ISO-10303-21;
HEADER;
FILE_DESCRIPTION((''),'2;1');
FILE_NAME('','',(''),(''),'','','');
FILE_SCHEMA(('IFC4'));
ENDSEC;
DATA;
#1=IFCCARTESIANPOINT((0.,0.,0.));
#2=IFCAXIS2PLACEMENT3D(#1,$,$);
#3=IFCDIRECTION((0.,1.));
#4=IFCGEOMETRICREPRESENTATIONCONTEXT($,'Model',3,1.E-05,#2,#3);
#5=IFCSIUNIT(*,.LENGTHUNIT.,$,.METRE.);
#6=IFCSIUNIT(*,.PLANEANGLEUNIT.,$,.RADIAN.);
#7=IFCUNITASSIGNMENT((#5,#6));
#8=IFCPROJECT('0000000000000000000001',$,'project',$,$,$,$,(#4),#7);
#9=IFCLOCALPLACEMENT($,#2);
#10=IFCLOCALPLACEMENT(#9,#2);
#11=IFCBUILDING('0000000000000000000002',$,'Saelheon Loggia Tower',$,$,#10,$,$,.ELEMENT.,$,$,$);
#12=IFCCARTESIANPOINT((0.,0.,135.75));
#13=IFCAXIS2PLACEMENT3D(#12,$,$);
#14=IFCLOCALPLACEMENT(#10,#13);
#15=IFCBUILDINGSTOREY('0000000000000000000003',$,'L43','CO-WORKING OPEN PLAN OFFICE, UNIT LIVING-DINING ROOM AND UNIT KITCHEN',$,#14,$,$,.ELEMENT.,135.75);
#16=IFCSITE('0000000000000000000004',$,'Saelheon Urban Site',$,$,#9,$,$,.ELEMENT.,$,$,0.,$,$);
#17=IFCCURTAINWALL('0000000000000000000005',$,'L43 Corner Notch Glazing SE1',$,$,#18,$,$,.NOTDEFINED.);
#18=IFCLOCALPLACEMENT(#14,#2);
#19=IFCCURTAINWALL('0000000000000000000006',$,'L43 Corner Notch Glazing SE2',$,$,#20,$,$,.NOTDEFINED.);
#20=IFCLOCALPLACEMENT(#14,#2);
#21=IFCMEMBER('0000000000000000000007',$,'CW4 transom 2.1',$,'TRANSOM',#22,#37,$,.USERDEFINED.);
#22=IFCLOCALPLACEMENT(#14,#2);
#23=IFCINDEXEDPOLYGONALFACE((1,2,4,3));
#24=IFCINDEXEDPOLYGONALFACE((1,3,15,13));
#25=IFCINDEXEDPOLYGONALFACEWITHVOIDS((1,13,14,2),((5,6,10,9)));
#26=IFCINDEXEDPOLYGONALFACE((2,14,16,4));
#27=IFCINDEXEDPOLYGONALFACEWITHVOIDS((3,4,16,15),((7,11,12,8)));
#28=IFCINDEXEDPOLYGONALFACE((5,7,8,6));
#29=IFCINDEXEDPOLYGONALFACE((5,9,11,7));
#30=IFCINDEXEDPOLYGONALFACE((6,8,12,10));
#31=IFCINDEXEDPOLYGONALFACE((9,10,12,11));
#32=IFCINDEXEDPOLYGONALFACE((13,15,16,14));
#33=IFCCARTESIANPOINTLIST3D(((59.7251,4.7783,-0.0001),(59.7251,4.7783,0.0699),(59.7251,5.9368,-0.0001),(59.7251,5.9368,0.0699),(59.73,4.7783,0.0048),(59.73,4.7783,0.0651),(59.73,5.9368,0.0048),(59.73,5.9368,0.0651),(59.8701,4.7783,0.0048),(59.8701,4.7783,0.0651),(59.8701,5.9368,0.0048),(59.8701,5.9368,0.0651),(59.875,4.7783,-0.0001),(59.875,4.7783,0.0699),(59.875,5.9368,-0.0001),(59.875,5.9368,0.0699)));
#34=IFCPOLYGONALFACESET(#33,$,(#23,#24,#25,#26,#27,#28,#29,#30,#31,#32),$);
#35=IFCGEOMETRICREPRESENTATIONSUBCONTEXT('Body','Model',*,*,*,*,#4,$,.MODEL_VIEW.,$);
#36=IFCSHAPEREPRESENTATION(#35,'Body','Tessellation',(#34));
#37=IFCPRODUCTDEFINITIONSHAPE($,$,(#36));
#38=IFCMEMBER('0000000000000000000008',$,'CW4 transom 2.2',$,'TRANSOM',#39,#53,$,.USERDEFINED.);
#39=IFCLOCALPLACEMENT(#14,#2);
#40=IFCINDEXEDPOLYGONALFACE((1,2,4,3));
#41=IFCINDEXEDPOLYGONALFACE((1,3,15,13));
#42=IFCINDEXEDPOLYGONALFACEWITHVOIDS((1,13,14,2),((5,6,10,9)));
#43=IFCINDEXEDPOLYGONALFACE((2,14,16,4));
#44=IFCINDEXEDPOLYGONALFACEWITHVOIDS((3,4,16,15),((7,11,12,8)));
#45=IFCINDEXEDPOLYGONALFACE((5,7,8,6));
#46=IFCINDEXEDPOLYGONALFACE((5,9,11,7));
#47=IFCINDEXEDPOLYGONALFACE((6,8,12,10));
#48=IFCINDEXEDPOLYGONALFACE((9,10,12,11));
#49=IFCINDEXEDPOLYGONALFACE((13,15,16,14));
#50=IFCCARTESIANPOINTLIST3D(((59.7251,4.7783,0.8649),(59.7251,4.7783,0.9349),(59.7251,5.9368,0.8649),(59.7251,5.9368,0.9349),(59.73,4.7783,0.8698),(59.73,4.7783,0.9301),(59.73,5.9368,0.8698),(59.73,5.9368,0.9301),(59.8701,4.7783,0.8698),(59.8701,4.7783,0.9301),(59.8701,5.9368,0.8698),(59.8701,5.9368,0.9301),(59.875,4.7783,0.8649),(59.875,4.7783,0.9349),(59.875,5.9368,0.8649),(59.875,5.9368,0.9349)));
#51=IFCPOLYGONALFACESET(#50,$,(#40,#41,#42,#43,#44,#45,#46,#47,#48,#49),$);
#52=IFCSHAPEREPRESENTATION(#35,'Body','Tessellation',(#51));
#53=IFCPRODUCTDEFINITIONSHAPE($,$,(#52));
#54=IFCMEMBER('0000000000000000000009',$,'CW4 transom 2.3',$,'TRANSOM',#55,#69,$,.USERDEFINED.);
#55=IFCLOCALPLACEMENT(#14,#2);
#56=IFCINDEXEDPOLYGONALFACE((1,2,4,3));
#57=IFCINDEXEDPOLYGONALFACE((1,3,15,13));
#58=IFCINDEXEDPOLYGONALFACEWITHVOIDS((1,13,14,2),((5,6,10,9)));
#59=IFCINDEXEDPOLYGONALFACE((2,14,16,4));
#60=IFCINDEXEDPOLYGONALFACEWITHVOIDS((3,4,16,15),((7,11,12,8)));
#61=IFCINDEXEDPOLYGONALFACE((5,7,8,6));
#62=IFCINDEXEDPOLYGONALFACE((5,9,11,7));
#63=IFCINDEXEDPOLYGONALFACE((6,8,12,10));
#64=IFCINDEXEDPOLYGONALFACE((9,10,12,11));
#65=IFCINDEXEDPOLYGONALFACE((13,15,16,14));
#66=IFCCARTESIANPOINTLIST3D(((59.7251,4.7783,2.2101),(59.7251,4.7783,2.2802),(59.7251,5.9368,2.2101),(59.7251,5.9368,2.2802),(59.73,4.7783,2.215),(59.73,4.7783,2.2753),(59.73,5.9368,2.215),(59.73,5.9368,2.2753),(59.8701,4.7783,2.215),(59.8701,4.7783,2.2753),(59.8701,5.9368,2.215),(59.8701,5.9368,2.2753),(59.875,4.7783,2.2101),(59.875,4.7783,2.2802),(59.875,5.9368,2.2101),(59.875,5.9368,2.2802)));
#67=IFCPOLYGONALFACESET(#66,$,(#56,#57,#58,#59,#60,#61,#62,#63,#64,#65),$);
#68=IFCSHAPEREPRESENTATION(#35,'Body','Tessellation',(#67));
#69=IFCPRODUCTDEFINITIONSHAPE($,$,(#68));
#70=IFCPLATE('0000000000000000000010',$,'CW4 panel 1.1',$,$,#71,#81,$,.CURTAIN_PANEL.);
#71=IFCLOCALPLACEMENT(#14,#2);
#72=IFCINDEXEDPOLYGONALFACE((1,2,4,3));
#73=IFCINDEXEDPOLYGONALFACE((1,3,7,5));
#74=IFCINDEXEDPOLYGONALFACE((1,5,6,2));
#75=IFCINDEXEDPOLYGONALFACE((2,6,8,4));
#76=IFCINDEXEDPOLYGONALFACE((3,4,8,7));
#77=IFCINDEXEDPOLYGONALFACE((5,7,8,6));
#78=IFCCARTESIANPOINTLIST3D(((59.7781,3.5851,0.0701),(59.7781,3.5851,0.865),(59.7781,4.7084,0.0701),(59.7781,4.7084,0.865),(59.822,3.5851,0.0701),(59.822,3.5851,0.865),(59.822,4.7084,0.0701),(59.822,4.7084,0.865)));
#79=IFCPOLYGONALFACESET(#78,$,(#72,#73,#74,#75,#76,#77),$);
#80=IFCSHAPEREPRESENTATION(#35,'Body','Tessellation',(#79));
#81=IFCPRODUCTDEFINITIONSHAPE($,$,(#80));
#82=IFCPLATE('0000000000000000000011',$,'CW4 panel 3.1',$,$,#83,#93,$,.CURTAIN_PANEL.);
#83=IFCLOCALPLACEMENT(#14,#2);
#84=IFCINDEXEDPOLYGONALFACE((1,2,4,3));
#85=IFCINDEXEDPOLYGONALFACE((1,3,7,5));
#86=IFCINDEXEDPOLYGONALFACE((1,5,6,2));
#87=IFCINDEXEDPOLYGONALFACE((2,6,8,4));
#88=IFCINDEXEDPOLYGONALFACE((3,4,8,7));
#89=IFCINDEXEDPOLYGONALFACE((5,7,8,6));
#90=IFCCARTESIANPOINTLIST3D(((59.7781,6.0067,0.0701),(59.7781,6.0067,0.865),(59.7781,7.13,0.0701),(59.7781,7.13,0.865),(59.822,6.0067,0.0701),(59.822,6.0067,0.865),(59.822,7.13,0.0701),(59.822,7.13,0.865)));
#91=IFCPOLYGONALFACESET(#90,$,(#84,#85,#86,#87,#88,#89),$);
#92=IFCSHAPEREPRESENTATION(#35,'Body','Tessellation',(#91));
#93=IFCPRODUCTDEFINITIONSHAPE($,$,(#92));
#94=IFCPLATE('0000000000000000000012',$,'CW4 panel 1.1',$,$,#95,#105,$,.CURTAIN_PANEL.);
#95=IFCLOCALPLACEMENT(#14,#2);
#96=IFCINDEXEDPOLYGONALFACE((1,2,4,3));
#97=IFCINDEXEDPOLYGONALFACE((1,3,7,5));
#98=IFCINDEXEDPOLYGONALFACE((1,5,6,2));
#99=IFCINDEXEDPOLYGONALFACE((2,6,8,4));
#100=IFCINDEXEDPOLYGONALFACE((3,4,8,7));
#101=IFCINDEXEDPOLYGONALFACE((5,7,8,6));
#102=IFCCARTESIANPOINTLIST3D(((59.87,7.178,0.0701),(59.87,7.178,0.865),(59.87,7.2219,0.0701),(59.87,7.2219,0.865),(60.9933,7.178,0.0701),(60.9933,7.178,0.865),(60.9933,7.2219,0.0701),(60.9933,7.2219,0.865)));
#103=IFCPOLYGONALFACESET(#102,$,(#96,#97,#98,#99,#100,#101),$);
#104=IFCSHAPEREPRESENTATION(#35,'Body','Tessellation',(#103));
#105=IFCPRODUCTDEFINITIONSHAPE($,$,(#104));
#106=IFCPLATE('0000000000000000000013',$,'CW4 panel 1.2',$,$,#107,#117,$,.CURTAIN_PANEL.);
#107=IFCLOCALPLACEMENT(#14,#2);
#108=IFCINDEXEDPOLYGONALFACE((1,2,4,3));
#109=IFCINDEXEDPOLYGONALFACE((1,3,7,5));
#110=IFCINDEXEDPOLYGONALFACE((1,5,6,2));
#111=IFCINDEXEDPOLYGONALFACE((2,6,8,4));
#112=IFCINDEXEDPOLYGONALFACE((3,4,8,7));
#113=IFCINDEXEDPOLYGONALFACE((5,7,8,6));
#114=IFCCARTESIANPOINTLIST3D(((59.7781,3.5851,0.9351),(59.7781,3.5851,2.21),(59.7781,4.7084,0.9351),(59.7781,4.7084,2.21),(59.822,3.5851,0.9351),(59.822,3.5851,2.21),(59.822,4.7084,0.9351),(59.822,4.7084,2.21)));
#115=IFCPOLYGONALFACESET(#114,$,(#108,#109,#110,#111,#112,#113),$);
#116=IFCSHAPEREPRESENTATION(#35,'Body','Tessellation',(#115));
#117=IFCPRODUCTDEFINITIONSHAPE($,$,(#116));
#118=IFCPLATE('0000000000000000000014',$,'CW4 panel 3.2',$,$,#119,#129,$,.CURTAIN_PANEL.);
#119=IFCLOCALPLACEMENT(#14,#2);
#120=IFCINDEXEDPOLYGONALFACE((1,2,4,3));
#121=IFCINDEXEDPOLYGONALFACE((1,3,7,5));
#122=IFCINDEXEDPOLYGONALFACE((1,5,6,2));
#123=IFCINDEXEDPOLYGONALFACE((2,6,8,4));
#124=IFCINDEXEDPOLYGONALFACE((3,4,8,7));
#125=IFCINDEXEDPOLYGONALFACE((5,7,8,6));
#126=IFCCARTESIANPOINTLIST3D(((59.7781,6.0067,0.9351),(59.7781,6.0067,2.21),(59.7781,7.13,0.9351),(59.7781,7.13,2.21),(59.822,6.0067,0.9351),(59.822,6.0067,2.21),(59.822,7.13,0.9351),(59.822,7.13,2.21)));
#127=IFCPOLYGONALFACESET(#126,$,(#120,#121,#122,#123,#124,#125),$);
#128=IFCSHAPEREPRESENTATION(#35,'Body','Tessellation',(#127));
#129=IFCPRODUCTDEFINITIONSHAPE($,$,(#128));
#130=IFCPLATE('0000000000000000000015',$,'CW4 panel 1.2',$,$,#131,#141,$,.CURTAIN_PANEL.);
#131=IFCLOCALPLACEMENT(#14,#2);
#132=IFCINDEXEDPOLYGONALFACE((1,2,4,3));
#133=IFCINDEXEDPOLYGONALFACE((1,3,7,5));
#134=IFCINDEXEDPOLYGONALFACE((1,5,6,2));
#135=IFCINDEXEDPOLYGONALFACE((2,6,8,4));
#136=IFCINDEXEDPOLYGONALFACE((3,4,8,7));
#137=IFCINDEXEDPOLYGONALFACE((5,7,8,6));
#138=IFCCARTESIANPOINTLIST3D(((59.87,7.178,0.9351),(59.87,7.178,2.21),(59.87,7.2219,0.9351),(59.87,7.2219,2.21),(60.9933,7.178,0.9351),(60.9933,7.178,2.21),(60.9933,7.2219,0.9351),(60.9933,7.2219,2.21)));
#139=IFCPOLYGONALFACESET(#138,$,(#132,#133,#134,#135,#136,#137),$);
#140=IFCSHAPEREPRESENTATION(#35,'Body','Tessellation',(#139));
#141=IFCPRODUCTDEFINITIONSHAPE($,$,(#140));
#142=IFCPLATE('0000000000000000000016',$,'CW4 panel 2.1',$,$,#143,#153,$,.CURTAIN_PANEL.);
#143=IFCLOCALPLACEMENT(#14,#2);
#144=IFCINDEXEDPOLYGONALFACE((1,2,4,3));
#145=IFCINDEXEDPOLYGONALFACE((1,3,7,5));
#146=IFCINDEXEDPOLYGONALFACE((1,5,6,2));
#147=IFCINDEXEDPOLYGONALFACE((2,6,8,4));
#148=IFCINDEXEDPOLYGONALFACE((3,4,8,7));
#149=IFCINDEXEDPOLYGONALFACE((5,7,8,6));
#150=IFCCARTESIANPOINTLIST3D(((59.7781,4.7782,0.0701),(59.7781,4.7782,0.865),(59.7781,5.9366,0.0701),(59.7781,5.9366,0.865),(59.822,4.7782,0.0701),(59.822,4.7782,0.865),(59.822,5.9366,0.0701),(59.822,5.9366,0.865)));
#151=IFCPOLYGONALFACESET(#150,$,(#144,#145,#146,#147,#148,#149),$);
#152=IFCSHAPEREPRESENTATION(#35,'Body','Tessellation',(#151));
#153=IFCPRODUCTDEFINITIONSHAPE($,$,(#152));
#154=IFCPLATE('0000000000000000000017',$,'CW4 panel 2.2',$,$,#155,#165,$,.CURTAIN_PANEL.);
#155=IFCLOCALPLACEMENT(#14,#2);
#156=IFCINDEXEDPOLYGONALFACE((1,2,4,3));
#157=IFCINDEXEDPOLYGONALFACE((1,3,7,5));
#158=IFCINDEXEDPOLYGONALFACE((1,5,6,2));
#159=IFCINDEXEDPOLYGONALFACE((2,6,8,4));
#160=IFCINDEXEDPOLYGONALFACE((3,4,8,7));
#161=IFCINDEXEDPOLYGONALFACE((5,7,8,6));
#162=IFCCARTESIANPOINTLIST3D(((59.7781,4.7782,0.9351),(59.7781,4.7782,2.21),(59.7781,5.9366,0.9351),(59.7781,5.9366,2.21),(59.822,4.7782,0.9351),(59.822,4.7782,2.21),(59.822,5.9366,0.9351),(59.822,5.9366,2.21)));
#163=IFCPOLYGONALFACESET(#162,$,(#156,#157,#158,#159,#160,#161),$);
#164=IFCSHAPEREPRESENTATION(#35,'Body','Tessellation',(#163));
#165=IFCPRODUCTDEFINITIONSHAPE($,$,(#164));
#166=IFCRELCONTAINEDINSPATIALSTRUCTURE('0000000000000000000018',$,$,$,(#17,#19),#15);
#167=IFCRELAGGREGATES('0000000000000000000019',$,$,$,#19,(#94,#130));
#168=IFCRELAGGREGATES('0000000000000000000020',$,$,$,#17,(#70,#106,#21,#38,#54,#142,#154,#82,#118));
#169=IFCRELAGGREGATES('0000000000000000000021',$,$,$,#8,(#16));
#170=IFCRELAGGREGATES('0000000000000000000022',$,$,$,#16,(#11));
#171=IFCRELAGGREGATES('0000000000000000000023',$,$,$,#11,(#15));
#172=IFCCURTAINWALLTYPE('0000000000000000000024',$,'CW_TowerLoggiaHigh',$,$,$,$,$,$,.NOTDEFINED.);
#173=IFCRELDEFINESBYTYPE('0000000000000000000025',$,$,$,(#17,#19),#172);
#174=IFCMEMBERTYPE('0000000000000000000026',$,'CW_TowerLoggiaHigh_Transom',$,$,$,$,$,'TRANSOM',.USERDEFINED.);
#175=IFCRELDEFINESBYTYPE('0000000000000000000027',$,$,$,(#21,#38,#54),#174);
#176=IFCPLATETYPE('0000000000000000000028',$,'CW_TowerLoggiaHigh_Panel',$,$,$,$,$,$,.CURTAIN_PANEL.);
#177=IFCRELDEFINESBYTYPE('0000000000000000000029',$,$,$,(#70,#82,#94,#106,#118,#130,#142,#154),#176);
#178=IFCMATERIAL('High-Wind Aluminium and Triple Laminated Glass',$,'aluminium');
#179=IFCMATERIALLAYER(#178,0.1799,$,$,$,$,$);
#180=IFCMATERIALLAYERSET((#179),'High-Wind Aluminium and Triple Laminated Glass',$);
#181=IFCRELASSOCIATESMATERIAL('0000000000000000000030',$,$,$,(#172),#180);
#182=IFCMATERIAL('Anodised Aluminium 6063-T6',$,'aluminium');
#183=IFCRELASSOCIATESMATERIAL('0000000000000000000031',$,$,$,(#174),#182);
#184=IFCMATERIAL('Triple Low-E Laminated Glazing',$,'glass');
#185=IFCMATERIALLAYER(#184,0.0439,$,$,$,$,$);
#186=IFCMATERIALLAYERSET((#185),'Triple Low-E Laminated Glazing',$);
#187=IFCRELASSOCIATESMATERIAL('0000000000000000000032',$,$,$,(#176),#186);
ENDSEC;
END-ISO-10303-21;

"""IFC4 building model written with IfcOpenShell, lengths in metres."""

from ifc_helpers import new_model, si_unit, direction, frame, origin, origin_2d, place, context, subcontext, project, spatial, rectangle, hollow_rectangle, extrude, source, transform, mapped, material, layer, layer_set, material_profile, profile_set, type_object, element, aggregate, save


model = new_model("IFC4")

# Units and contexts
model_context = context("Model", 3, precision=1e-05, world=origin(), true_north=direction((0.0, 1.0)))
body_context = subcontext(model_context, "Body", "Model", "MODEL_VIEW")
ifc_project = project(units=[si_unit("LENGTHUNIT", "METRE"), si_unit("PLANEANGLEUNIT", "RADIAN")], contexts=[model_context])

# Site, building, storey
site_placement = place(None, origin())
site = spatial("IfcSite", under=ifc_project, at=site_placement, Name="Saelheon Urban Site", CompositionType="ELEMENT", RefElevation=0.0)
building_placement = place(site_placement, origin())
building = spatial("IfcBuilding", under=site, at=building_placement, Name="Saelheon Loggia Tower", CompositionType="ELEMENT")
storey_placement = place(building_placement, frame((0.0, 0.0, 135.75)))
storey = spatial("IfcBuildingStorey", under=building, at=storey_placement, Name="L43", Description="CO-WORKING OPEN PLAN OFFICE, UNIT LIVING-DINING ROOM AND UNIT KITCHEN", CompositionType="ELEMENT", Elevation=135.75)

# Curtain wall
ifc_material_1 = material(Name="High-Wind Aluminium and Triple Laminated Glass", Category="aluminium")
ifc_layer_1 = layer(ifc_material_1, 0.1799)
ifc_layer_set_1 = layer_set([ifc_layer_1], Name="High-Wind Aluminium and Triple Laminated Glass")
curtain_wall_type = type_object("IfcCurtainWallType", Name="CW_TowerLoggiaHigh", PredefinedType="NOTDEFINED", material=ifc_layer_set_1)
curtain_wall_1_placement = place(storey_placement, origin())
curtain_wall_1 = element("IfcCurtainWall", 1, at=curtain_wall_1_placement, inside=storey, type_object=curtain_wall_type, Name="L43 Corner Notch Glazing SE1", PredefinedType="NOTDEFINED")
ifc_material_2 = material(Name="Anodised Aluminium 6063-T6", Category="aluminium")

# Curtain wall
curtain_wall_2_placement = place(storey_placement, origin())
curtain_wall_2 = element("IfcCurtainWall", 2, at=curtain_wall_2_placement, inside=storey, type_object=curtain_wall_type, Name="L43 Corner Notch Glazing SE2", PredefinedType="NOTDEFINED")

# Members
ifc_material_profile_1 = material_profile(ifc_material_2, hollow_rectangle(XDim=0.0701, YDim=0.1499, WallThickness=0.0049, at=origin_2d()), Name="RHS-150x70x5")
ifc_profile_set_1 = profile_set([ifc_material_profile_1], Name="Anodised Aluminium 6063-T6")
member_type_1 = type_object("IfcMemberType", Name="CW_TowerLoggiaHigh_Transom", ElementType="TRANSOM", PredefinedType="USERDEFINED", material=ifc_profile_set_1)
shared_shape_1 = source(origin(), body_context, "Body", "SweptSolid", [
    extrude(hollow_rectangle(XDim=0.0701, YDim=0.1499, WallThickness=0.0049, at=origin_2d()), origin(), (0.0, 0.0, 1.0), 1.1584),
])
member_1_placement = place(storey_placement, frame((59.8, 4.7783, 0.0349), z_axis=(0.0, 1.0, 0.0), x_axis=(0.0, 0.0, 1.0)))
member_1 = element("IfcMember", 3, at=member_1_placement, type_object=member_type_1, Name="CW4 transom 2.1", ObjectType="TRANSOM", PredefinedType="USERDEFINED", context=body_context, shape_type="MappedRepresentation", body=[
    mapped(shared_shape_1, transform((0.0, 0.0, 0.0), scale=1.0)),
])
member_2_placement = place(storey_placement, frame((59.8, 4.7783, 0.8999), z_axis=(0.0, 1.0, 0.0), x_axis=(0.0, 0.0, 1.0)))
member_2 = element("IfcMember", 4, at=member_2_placement, type_object=member_type_1, Name="CW4 transom 2.2", ObjectType="TRANSOM", PredefinedType="USERDEFINED", context=body_context, shape_type="MappedRepresentation", body=[
    mapped(shared_shape_1, transform((0.0, 0.0, 0.0), scale=1.0)),
])
member_3_placement = place(storey_placement, frame((59.8, 4.7783, 2.2451), z_axis=(0.0, 1.0, 0.0), x_axis=(0.0, 0.0, 1.0)))
member_3 = element("IfcMember", 5, at=member_3_placement, type_object=member_type_1, Name="CW4 transom 2.3", ObjectType="TRANSOM", PredefinedType="USERDEFINED", context=body_context, shape_type="MappedRepresentation", body=[
    mapped(shared_shape_1, transform((0.0, 0.0, 0.0), scale=1.0)),
])

# Plates
ifc_material_3 = material(Name="Triple Low-E Laminated Glazing", Category="glass")
ifc_layer_2 = layer(ifc_material_3, 0.0439)
ifc_layer_set_2 = layer_set([ifc_layer_2], Name="Triple Low-E Laminated Glazing")
plate_type = type_object("IfcPlateType", Name="CW_TowerLoggiaHigh_Panel", PredefinedType="CURTAIN_PANEL", material=ifc_layer_set_2)
shared_shape_2 = source(origin(), body_context, "Body", "SweptSolid", [
    extrude(rectangle(XDim=1.1233, YDim=0.0439, at=origin_2d()), origin(), (0.0, 0.0, 1.0), 0.7949),
])
plate_1_placement = place(storey_placement, frame((59.8, 4.1467, 0.0701), z_axis=(0.0, 0.0, 1.0), x_axis=(0.0, 1.0, 0.0)))
plate_1 = element("IfcPlate", 6, at=plate_1_placement, type_object=plate_type, Name="CW4 panel 1.1", PredefinedType="CURTAIN_PANEL", context=body_context, shape_type="MappedRepresentation", body=[
    mapped(shared_shape_2, transform((0.0, 0.0, 0.0), scale=1.0)),
])
plate_2_placement = place(storey_placement, frame((59.8, 6.5684, 0.0701), z_axis=(0.0, 0.0, 1.0), x_axis=(0.0, 1.0, 0.0)))
plate_2 = element("IfcPlate", 7, at=plate_2_placement, type_object=plate_type, Name="CW4 panel 3.1", PredefinedType="CURTAIN_PANEL", context=body_context, shape_type="MappedRepresentation", body=[
    mapped(shared_shape_2, transform((0.0, 0.0, 0.0), scale=1.0)),
])
plate_3_placement = place(storey_placement, frame((60.4316, 7.2, 0.0701), z_axis=(0.0, 0.0, 1.0), x_axis=(1.0, 0.0, 0.0)))
plate_3 = element("IfcPlate", 8, at=plate_3_placement, type_object=plate_type, Name="CW4 panel 1.1", PredefinedType="CURTAIN_PANEL", context=body_context, shape_type="MappedRepresentation", body=[
    mapped(shared_shape_2, transform((0.0, 0.0, 0.0), scale=1.0)),
])
shared_shape_3 = source(origin(), body_context, "Body", "SweptSolid", [
    extrude(rectangle(XDim=1.1233, YDim=0.0439, at=origin_2d()), origin(), (0.0, 0.0, 1.0), 1.2749),
])
plate_4_placement = place(storey_placement, frame((59.8, 4.1467, 0.9351), z_axis=(0.0, 0.0, 1.0), x_axis=(0.0, 1.0, 0.0)))
plate_4 = element("IfcPlate", 9, at=plate_4_placement, type_object=plate_type, Name="CW4 panel 1.2", PredefinedType="CURTAIN_PANEL", context=body_context, shape_type="MappedRepresentation", body=[
    mapped(shared_shape_3, transform((0.0, 0.0, 0.0), scale=1.0)),
])
plate_5_placement = place(storey_placement, frame((59.8, 6.5684, 0.9351), z_axis=(0.0, 0.0, 1.0), x_axis=(0.0, 1.0, 0.0)))
plate_5 = element("IfcPlate", 10, at=plate_5_placement, type_object=plate_type, Name="CW4 panel 3.2", PredefinedType="CURTAIN_PANEL", context=body_context, shape_type="MappedRepresentation", body=[
    mapped(shared_shape_3, transform((0.0, 0.0, 0.0), scale=1.0)),
])
plate_6_placement = place(storey_placement, frame((60.4316, 7.2, 0.9351), z_axis=(0.0, 0.0, 1.0), x_axis=(1.0, 0.0, 0.0)))
plate_6 = element("IfcPlate", 11, at=plate_6_placement, type_object=plate_type, Name="CW4 panel 1.2", PredefinedType="CURTAIN_PANEL", context=body_context, shape_type="MappedRepresentation", body=[
    mapped(shared_shape_3, transform((0.0, 0.0, 0.0), scale=1.0)),
])
aggregate(curtain_wall_2, [plate_3, plate_6])
shared_shape_4 = source(origin(), body_context, "Body", "SweptSolid", [
    extrude(rectangle(XDim=1.1584, YDim=0.0439, at=origin_2d()), origin(), (0.0, 0.0, 1.0), 0.7949),
])
plate_7_placement = place(storey_placement, frame((59.8, 5.3574, 0.0701), z_axis=(0.0, 0.0, 1.0), x_axis=(0.0, 1.0, 0.0)))
plate_7 = element("IfcPlate", 12, at=plate_7_placement, type_object=plate_type, Name="CW4 panel 2.1", PredefinedType="CURTAIN_PANEL", context=body_context, shape_type="MappedRepresentation", body=[
    mapped(shared_shape_4, transform((0.0, 0.0, 0.0), scale=1.0)),
])
shared_shape_5 = source(origin(), body_context, "Body", "SweptSolid", [
    extrude(rectangle(XDim=1.1584, YDim=0.0439, at=origin_2d()), origin(), (0.0, 0.0, 1.0), 1.2749),
])
plate_8_placement = place(storey_placement, frame((59.8, 5.3574, 0.9351), z_axis=(0.0, 0.0, 1.0), x_axis=(0.0, 1.0, 0.0)))
plate_8 = element("IfcPlate", 13, at=plate_8_placement, type_object=plate_type, Name="CW4 panel 2.2", PredefinedType="CURTAIN_PANEL", context=body_context, shape_type="MappedRepresentation", body=[
    mapped(shared_shape_5, transform((0.0, 0.0, 0.0), scale=1.0)),
])
aggregate(curtain_wall_1, [plate_1, plate_4, member_1, member_2, member_3, plate_7, plate_8, plate_2, plate_5])

save(model, "model.ifc")
